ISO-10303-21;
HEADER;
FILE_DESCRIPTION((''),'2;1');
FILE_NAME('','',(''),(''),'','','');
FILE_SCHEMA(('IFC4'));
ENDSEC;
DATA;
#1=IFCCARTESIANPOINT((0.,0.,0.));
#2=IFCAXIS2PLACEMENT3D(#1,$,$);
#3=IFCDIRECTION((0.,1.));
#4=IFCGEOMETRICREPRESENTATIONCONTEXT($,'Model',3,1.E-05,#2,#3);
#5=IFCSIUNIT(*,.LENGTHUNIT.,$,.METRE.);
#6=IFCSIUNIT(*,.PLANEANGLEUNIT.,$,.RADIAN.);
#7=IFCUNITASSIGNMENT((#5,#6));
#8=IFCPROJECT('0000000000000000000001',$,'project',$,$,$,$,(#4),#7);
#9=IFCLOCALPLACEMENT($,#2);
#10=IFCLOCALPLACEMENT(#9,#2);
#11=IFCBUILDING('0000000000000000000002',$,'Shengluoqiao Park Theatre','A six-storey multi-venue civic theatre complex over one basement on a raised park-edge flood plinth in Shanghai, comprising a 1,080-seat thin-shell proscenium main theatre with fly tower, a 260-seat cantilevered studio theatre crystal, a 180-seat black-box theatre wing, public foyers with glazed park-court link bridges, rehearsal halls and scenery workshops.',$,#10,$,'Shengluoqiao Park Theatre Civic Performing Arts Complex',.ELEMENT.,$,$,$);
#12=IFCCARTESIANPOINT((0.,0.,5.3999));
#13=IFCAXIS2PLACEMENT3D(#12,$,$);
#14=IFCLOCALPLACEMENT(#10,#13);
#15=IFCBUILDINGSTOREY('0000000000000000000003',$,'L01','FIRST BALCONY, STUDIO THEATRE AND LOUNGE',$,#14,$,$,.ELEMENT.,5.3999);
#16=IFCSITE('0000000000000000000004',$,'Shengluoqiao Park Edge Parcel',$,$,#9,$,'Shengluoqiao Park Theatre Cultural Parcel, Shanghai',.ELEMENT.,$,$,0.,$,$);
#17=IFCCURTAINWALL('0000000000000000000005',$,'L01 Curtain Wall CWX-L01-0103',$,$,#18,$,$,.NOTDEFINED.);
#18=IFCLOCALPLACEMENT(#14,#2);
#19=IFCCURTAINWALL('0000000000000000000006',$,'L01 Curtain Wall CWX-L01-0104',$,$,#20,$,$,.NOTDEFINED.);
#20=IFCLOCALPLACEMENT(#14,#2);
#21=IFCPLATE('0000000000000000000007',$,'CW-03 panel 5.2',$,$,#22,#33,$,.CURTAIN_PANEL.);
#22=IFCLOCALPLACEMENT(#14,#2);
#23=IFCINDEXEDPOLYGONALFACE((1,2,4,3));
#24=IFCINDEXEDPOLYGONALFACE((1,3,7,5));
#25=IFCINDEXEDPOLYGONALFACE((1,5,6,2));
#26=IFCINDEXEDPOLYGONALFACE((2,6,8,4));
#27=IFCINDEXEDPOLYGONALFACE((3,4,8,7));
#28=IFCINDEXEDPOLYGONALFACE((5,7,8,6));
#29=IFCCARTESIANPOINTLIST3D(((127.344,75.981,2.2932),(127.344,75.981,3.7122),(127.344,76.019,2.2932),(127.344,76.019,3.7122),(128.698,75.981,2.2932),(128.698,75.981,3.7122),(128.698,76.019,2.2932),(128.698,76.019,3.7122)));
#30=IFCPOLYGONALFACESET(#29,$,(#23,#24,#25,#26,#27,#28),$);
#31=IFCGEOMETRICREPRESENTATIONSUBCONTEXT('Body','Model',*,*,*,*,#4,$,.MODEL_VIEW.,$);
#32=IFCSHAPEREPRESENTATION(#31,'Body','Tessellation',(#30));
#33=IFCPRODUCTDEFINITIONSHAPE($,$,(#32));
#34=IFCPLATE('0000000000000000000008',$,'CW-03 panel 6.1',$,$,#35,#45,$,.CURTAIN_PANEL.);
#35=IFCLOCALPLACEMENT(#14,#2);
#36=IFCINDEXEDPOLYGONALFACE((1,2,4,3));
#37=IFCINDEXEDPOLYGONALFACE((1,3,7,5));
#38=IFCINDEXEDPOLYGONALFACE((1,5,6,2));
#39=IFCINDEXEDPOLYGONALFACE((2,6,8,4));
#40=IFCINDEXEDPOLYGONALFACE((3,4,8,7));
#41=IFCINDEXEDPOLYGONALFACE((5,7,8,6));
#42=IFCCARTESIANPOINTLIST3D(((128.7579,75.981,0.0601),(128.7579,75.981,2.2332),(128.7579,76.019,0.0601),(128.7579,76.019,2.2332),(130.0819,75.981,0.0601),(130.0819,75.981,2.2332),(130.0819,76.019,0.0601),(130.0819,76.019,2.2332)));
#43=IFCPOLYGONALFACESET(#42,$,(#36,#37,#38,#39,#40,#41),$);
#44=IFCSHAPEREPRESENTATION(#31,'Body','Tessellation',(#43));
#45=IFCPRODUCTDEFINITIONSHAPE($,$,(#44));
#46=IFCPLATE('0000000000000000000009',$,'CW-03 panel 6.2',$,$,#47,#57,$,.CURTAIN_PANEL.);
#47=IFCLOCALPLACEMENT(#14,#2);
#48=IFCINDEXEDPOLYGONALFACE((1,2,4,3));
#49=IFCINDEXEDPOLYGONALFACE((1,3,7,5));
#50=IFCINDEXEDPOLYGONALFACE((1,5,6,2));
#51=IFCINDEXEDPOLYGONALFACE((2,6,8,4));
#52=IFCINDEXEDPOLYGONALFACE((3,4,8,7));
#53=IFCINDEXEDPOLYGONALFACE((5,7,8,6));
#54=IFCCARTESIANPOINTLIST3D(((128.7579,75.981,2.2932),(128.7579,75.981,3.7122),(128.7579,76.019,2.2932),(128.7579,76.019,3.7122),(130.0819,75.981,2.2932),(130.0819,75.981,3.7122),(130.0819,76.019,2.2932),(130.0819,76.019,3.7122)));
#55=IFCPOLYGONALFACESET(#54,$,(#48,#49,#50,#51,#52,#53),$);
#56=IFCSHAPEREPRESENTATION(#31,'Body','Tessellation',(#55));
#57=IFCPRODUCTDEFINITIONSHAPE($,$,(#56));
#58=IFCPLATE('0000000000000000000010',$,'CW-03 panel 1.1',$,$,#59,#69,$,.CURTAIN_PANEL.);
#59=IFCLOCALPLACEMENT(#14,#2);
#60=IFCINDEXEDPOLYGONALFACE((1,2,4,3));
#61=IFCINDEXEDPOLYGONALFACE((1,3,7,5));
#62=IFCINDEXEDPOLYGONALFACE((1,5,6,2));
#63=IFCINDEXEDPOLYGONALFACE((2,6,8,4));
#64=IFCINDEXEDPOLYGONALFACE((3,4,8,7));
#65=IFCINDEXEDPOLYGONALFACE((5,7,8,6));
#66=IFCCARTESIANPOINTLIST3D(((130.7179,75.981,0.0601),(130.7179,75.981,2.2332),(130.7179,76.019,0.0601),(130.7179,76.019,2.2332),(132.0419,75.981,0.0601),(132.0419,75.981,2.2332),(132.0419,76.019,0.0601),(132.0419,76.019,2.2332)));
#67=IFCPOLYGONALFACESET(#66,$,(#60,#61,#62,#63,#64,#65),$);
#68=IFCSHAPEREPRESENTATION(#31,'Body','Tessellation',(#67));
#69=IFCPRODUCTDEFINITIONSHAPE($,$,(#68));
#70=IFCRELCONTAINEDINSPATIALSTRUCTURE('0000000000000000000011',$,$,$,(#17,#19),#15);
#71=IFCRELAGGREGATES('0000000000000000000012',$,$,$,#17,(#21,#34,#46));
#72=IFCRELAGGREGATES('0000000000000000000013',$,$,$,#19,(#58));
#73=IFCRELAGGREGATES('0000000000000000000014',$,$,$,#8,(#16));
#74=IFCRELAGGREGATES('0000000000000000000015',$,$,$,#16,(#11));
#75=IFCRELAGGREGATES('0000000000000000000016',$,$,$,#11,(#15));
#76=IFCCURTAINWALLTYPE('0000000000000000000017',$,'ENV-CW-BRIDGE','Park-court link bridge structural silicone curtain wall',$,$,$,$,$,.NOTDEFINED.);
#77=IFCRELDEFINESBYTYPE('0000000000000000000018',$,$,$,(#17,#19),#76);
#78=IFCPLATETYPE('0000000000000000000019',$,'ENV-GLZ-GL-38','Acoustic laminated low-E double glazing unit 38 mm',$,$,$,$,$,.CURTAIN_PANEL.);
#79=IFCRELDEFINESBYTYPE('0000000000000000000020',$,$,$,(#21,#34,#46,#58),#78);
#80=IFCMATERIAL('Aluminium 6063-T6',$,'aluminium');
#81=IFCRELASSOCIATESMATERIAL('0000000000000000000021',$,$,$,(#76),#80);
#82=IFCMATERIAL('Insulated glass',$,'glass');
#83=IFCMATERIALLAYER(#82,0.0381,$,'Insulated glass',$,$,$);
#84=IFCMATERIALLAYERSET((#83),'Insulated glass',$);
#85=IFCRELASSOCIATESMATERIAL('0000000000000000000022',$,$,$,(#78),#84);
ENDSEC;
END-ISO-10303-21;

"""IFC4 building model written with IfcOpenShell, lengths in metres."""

from ifc_helpers import new_model, si_unit, direction, frame, origin, origin_2d, place, context, subcontext, project, spatial, rectangle, extrude, material, layer, layer_set, type_object, element, aggregate, save


model = new_model("IFC4")

# Units and contexts
model_context = context("Model", 3, precision=1e-05, world=origin(), true_north=direction((0.0, 1.0)))
body_context = subcontext(model_context, "Body", "Model", "MODEL_VIEW")
ifc_project = project(units=[si_unit("LENGTHUNIT", "METRE"), si_unit("PLANEANGLEUNIT", "RADIAN")], contexts=[model_context])

# Site, building, storey
site_placement = place(None, origin())
site = spatial("IfcSite", under=ifc_project, at=site_placement, Name="Shengluoqiao Park Edge Parcel", LongName="Shengluoqiao Park Theatre Cultural Parcel, Shanghai", CompositionType="ELEMENT", RefElevation=0.0)
building_placement = place(site_placement, origin())
building = spatial("IfcBuilding", under=site, at=building_placement, Name="Shengluoqiao Park Theatre", Description="A six-storey multi-venue civic theatre complex over one basement on a raised park-edge flood plinth in Shanghai, comprising a 1,080-seat thin-shell proscenium main theatre with fly tower, a 260-seat cantilevered studio theatre crystal, a 180-seat black-box theatre wing, public foyers with glazed park-court link bridges, rehearsal halls and scenery workshops.", LongName="Shengluoqiao Park Theatre Civic Performing Arts Complex", CompositionType="ELEMENT")
storey_placement = place(building_placement, frame((0.0, 0.0, 5.3999)))
storey = spatial("IfcBuildingStorey", under=building, at=storey_placement, Name="L01", Description="FIRST BALCONY, STUDIO THEATRE AND LOUNGE", CompositionType="ELEMENT", Elevation=5.3999)

# Curtain wall
ifc_material_1 = material(Name="Aluminium 6063-T6", Category="aluminium")
curtain_wall_type = type_object("IfcCurtainWallType", Name="ENV-CW-BRIDGE", Description="Park-court link bridge structural silicone curtain wall", PredefinedType="NOTDEFINED", material=ifc_material_1)
curtain_wall_1_placement = place(storey_placement, origin())
curtain_wall_1 = element("IfcCurtainWall", 1, at=curtain_wall_1_placement, inside=storey, type_object=curtain_wall_type, Name="L01 Curtain Wall CWX-L01-0103", PredefinedType="NOTDEFINED")

# Curtain wall
curtain_wall_2_placement = place(storey_placement, origin())
curtain_wall_2 = element("IfcCurtainWall", 2, at=curtain_wall_2_placement, inside=storey, type_object=curtain_wall_type, Name="L01 Curtain Wall CWX-L01-0104", PredefinedType="NOTDEFINED")

# Plates
ifc_material_2 = material(Name="Insulated glass", Category="glass")
ifc_layer = layer(ifc_material_2, 0.0381, Name="Insulated glass")
ifc_layer_set = layer_set([ifc_layer], Name="Insulated glass")
plate_type = type_object("IfcPlateType", Name="ENV-GLZ-GL-38", Description="Acoustic laminated low-E double glazing unit 38 mm", PredefinedType="CURTAIN_PANEL", material=ifc_layer_set)
plate_1_placement = place(storey_placement, frame((128.021, 76.0, 2.2932), z_axis=(0.0, 0.0, 1.0), x_axis=(1.0, 0.0, 0.0)))
plate_1 = element("IfcPlate", 3, at=plate_1_placement, type_object=plate_type, Name="CW-03 panel 5.2", PredefinedType="CURTAIN_PANEL", context=body_context, shape_type="SweptSolid", body=[
    extrude(rectangle(XDim=1.354, YDim=0.0381, at=origin_2d()), origin(), (0.0, 0.0, 1.0), 1.4189),
])
plate_2_placement = place(storey_placement, frame((129.4199, 76.0, 0.0601), z_axis=(0.0, 0.0, 1.0), x_axis=(1.0, 0.0, 0.0)))
plate_2 = element("IfcPlate", 4, at=plate_2_placement, type_object=plate_type, Name="CW-03 panel 6.1", PredefinedType="CURTAIN_PANEL", context=body_context, shape_type="SweptSolid", body=[
    extrude(rectangle(XDim=1.324, YDim=0.0381, at=origin_2d()), origin(), (0.0, 0.0, 1.0), 2.1731),
])
plate_3_placement = place(storey_placement, frame((129.4199, 76.0, 2.2932), z_axis=(0.0, 0.0, 1.0), x_axis=(1.0, 0.0, 0.0)))
plate_3 = element("IfcPlate", 5, at=plate_3_placement, type_object=plate_type, Name="CW-03 panel 6.2", PredefinedType="CURTAIN_PANEL", context=body_context, shape_type="SweptSolid", body=[
    extrude(rectangle(XDim=1.324, YDim=0.0381, at=origin_2d()), origin(), (0.0, 0.0, 1.0), 1.4189),
])
aggregate(curtain_wall_1, [plate_1, plate_2, plate_3])
plate_4_placement = place(storey_placement, frame((131.3799, 76.0, 0.0601), z_axis=(0.0, 0.0, 1.0), x_axis=(1.0, 0.0, 0.0)))
plate_4 = element("IfcPlate", 6, at=plate_4_placement, type_object=plate_type, Name="CW-03 panel 1.1", PredefinedType="CURTAIN_PANEL", context=body_context, shape_type="SweptSolid", body=[
    extrude(rectangle(XDim=1.324, YDim=0.0381, at=origin_2d()), origin(), (0.0, 0.0, 1.0), 2.1731),
])
aggregate(curtain_wall_2, [plate_4])

save(model, "model.ifc")
